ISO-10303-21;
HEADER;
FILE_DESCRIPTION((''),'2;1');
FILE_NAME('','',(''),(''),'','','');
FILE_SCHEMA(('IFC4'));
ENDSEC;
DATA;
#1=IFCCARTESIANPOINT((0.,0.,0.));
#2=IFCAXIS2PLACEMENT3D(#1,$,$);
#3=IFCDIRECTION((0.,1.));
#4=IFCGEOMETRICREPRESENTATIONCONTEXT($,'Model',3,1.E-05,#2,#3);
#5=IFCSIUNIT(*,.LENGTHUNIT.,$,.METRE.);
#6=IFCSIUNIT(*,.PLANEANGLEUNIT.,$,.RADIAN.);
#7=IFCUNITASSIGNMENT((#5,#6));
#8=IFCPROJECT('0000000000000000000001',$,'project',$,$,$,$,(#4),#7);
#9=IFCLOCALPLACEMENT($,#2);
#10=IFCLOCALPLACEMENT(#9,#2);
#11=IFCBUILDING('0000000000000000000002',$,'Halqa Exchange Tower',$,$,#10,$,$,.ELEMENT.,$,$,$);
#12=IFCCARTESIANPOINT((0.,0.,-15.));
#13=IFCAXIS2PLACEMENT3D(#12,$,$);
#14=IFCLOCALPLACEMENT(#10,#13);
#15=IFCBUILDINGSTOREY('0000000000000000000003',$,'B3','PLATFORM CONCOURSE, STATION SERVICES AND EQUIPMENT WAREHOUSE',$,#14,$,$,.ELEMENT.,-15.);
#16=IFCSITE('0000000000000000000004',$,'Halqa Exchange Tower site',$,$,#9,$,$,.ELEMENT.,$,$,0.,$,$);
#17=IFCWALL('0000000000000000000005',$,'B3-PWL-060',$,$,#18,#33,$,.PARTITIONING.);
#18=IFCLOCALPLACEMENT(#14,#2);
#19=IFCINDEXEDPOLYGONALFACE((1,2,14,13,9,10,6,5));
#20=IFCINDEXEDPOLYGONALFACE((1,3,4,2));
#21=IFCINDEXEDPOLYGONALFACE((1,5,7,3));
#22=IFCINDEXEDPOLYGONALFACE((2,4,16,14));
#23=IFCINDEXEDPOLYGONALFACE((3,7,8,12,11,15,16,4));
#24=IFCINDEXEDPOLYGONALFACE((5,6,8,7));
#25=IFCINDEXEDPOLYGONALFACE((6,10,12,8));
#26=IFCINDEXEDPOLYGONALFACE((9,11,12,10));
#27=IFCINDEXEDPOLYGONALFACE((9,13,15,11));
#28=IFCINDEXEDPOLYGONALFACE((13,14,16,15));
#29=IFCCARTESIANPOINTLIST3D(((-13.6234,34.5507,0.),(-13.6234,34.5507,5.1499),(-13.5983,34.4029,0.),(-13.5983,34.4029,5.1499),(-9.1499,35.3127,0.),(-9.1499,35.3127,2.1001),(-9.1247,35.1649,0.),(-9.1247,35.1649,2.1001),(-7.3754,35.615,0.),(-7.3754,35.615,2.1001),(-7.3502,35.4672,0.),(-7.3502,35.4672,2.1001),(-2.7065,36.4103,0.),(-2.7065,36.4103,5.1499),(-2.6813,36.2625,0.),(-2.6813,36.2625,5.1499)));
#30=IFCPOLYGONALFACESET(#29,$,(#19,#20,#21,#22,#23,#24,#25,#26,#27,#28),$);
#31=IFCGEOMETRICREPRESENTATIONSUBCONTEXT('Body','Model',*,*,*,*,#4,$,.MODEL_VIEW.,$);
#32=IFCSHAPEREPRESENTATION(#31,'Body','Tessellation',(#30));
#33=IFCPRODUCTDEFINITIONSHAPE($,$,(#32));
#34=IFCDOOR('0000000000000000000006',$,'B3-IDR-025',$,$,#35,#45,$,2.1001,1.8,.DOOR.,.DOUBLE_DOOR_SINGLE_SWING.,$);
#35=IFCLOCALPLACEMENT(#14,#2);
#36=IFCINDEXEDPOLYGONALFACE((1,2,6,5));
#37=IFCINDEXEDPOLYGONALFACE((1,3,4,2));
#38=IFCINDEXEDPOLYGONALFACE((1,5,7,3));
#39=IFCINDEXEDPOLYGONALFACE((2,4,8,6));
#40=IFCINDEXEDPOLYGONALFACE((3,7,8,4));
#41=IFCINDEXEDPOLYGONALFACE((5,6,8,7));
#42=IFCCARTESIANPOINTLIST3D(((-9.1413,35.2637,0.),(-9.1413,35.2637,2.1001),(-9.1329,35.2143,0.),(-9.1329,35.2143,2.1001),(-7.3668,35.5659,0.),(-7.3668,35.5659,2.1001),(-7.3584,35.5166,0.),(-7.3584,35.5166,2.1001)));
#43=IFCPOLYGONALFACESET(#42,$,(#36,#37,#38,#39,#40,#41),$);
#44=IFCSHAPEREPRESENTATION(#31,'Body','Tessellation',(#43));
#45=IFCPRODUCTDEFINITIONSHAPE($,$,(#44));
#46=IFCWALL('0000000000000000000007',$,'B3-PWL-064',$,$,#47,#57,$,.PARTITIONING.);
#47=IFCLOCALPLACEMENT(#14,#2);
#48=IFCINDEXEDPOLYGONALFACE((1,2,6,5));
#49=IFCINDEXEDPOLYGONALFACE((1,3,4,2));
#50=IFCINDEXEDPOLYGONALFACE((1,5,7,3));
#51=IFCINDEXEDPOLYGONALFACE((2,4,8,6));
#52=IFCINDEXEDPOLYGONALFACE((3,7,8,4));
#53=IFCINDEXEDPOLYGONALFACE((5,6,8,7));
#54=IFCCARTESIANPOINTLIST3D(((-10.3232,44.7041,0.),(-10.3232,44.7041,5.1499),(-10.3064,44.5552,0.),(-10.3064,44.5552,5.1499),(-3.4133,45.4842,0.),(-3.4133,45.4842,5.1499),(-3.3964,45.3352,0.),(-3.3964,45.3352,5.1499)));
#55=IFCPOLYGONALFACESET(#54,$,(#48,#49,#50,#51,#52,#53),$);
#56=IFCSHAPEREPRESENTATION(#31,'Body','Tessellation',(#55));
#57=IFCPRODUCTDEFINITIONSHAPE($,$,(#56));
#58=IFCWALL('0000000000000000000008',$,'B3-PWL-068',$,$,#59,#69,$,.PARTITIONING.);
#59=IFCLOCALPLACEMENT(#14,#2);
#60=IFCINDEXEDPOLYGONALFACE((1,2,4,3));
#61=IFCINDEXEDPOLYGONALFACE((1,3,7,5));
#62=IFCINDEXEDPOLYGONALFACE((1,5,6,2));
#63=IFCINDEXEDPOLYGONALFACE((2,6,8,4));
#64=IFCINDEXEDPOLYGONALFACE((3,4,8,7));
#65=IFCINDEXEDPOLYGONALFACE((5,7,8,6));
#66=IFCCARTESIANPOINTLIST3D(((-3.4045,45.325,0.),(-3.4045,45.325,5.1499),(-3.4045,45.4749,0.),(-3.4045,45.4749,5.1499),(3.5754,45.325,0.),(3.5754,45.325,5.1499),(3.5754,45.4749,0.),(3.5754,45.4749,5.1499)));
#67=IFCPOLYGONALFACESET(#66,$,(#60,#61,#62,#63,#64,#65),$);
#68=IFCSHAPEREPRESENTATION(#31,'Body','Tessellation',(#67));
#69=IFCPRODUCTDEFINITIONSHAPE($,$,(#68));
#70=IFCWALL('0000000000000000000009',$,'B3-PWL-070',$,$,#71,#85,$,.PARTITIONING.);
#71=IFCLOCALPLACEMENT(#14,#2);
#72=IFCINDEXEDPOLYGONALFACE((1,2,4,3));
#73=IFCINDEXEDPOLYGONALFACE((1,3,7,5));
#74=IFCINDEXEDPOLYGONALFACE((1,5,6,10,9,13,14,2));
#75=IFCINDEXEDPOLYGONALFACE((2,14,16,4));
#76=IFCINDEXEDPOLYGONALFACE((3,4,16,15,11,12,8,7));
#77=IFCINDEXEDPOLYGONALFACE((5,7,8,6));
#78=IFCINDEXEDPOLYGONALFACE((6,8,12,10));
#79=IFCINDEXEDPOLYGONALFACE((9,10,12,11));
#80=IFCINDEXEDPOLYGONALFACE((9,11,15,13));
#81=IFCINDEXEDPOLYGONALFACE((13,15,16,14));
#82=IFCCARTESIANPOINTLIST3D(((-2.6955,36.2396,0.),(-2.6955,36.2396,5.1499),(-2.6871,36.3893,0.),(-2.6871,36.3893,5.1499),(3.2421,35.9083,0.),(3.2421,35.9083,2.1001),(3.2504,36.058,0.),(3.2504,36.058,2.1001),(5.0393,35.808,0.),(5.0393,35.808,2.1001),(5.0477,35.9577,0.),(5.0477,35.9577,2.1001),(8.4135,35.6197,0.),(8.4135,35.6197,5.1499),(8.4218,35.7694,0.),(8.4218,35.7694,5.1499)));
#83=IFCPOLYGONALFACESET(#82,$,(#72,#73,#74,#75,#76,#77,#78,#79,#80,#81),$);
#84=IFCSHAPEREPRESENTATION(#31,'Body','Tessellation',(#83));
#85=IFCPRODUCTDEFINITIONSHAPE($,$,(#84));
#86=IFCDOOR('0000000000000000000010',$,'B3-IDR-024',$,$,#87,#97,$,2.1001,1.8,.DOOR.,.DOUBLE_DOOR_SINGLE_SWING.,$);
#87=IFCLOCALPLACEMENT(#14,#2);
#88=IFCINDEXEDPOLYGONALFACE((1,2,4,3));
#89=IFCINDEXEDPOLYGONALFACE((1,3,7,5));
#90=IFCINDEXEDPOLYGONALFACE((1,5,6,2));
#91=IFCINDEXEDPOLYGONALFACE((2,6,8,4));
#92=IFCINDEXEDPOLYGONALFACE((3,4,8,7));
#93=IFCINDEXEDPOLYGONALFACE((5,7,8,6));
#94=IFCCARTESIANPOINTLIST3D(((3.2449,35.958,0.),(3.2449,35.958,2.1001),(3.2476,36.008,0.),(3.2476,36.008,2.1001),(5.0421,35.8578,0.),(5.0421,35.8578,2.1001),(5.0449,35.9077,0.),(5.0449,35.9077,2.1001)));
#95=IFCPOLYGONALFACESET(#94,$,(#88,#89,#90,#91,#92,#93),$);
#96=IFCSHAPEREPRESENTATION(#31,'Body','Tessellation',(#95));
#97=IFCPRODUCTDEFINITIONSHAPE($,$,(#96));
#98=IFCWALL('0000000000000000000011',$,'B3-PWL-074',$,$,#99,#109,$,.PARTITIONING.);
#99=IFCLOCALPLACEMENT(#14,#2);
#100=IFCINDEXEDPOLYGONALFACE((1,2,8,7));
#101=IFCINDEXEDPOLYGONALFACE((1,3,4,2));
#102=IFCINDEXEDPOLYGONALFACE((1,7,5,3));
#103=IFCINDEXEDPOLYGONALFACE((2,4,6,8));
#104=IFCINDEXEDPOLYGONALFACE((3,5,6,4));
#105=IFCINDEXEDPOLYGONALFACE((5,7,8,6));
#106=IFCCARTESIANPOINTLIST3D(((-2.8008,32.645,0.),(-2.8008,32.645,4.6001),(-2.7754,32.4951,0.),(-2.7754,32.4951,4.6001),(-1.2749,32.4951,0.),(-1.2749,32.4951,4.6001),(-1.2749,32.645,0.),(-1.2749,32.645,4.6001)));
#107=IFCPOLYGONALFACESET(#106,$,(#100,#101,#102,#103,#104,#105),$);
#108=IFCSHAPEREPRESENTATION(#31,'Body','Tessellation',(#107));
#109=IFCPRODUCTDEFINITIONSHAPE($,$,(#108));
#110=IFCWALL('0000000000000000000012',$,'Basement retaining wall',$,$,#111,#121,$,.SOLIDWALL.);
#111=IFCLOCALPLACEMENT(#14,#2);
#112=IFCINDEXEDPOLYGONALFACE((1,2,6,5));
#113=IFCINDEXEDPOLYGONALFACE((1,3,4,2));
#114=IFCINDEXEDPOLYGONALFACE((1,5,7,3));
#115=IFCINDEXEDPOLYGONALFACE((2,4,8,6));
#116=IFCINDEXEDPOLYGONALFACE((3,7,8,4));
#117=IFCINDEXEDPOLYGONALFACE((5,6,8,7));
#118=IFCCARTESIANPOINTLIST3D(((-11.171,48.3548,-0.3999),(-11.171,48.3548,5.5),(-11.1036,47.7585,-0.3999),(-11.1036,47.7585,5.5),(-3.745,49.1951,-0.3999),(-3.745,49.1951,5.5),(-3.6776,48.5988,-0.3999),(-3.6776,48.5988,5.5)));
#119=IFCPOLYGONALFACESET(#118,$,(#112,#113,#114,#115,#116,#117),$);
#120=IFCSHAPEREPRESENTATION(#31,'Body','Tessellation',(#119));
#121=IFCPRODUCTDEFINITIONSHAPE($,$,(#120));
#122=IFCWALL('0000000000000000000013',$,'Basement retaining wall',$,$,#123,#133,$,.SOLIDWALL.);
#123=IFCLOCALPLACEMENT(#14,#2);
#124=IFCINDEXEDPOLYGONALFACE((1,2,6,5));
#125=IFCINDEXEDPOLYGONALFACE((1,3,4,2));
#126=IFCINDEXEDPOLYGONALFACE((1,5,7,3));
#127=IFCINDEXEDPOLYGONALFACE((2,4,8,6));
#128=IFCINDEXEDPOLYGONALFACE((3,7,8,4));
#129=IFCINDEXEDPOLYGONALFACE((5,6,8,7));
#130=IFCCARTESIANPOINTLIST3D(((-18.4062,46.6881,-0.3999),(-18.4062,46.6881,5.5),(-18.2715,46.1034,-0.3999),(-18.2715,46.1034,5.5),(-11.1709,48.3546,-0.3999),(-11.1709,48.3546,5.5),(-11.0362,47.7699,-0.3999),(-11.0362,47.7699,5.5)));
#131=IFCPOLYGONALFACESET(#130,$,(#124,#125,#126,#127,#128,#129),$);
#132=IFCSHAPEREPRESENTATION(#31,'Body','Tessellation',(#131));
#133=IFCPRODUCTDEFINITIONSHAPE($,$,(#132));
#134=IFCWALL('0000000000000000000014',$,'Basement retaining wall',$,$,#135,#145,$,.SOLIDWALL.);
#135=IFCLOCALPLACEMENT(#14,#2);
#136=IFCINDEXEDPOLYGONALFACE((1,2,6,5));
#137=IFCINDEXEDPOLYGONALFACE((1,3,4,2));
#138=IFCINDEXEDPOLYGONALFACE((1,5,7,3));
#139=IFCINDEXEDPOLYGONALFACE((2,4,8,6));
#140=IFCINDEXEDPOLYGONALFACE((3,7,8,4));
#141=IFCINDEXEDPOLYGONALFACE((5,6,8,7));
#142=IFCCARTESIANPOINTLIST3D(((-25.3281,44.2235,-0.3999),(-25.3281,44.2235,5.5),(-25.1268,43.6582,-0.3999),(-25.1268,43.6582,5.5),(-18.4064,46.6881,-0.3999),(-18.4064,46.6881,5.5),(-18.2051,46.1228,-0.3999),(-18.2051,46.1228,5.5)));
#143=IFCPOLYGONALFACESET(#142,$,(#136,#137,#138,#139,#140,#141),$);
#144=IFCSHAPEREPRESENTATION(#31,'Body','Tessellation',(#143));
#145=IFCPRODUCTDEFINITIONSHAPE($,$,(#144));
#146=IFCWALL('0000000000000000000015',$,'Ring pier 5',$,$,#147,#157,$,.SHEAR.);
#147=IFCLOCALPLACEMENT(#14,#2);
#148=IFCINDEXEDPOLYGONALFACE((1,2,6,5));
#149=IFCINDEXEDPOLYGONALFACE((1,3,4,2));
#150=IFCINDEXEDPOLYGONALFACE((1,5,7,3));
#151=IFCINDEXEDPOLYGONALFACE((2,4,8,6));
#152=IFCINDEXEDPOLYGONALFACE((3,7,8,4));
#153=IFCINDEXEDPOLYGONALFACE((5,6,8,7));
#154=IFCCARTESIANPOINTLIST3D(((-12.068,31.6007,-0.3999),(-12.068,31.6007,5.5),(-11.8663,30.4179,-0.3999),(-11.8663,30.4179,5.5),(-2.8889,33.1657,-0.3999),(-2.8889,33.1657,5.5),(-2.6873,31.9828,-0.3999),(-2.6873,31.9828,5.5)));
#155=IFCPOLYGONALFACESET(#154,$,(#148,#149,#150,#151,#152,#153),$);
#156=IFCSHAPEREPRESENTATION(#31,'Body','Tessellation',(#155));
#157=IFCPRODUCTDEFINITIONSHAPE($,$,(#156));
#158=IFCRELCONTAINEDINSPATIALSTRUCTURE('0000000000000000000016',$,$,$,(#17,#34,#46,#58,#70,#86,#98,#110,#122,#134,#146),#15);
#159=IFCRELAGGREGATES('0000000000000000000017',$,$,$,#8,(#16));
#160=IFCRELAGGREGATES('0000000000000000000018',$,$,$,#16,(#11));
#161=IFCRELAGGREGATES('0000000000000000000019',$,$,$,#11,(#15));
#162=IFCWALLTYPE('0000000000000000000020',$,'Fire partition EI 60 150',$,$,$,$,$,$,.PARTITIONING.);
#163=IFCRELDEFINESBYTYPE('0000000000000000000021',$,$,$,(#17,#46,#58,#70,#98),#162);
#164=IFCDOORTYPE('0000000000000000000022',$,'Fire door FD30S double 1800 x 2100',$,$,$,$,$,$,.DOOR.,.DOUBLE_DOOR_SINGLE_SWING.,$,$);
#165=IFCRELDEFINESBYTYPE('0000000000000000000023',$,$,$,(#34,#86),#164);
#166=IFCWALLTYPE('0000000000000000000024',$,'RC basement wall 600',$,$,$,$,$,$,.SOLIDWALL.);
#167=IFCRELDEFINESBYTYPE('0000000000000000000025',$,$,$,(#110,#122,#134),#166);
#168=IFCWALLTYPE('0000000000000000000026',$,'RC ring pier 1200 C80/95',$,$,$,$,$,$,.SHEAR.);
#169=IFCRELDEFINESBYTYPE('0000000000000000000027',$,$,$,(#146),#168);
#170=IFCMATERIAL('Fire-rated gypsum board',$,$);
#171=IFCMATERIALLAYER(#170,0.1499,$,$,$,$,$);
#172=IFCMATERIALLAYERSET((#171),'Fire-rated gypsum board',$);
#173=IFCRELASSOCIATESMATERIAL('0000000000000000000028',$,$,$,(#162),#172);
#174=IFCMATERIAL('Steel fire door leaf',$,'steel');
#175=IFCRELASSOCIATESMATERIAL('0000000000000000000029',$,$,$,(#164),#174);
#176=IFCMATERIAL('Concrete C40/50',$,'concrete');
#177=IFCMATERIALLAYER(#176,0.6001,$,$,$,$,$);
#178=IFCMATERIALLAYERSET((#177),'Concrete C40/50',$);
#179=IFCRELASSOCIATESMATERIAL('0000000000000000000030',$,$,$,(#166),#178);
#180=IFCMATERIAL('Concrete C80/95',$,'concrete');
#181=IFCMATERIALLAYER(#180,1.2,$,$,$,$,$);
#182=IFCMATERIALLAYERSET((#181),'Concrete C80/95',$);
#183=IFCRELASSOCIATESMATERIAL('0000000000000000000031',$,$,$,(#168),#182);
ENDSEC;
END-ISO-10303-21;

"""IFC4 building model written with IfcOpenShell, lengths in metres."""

from ifc_helpers import new_model, si_unit, direction, frame, frame_2d, origin, place, context, subcontext, project, spatial, polyline, rectangle, outline, extrude, material, layer, layer_set, type_object, element, fill, save


model = new_model("IFC4")

# Units and contexts
model_context = context("Model", 3, precision=1e-05, world=origin(), true_north=direction((0.0, 1.0)))
body_context = subcontext(model_context, "Body", "Model", "MODEL_VIEW")
ifc_project = project(units=[si_unit("LENGTHUNIT", "METRE"), si_unit("PLANEANGLEUNIT", "RADIAN")], contexts=[model_context])

# Site, building, storey
site_placement = place(None, origin())
site = spatial("IfcSite", under=ifc_project, at=site_placement, Name="Halqa Exchange Tower site", CompositionType="ELEMENT", RefElevation=0.0)
building_placement = place(site_placement, origin())
building = spatial("IfcBuilding", under=site, at=building_placement, Name="Halqa Exchange Tower", CompositionType="ELEMENT")
storey_placement = place(building_placement, frame((0.0, 0.0, -15.0)))
storey = spatial("IfcBuildingStorey", under=building, at=storey_placement, Name="B3", Description="PLATFORM CONCOURSE, STATION SERVICES AND EQUIPMENT WAREHOUSE", CompositionType="ELEMENT", Elevation=-15.0)

# Shared definitions
ifc_material_1 = material(Name="Concrete C40/50", Category="concrete")

# Shared definitions
ifc_material_2 = material(Name="Fire-rated gypsum board")
ifc_layer_1 = layer(ifc_material_2, 0.1499)
ifc_layer_set_1 = layer_set([ifc_layer_1], Name="Fire-rated gypsum board")
wall_type_1 = type_object("IfcWallType", Name="Fire partition EI 60 150", PredefinedType="PARTITIONING", material=ifc_layer_set_1)

# Wall, opening, door
wall_1_placement = place(storey_placement, frame((-13.6108, 34.4768, 0.0), z_axis=(0.0, 0.0, 1.0), x_axis=(0.9858, 0.167923, 0.0)))
wall_1 = element("IfcWall", 1, at=wall_1_placement, inside=storey, type_object=wall_type_1, Name="B3-PWL-060", PredefinedType="PARTITIONING", context=body_context, shape_type="SweptSolid", body=[
    extrude(rectangle(XDim=11.0742, YDim=0.1499, at=frame_2d((5.5371, 0.0))), origin(), (0.0, 0.0, 1.0), 5.1499),
])
opening_1_placement = place(wall_1_placement, frame((4.5381, 0.0, 0.0)))
opening_1 = element("IfcOpeningElement", 2, at=opening_1_placement, cuts=wall_1, PredefinedType="OPENING", context=body_context, shape_type="SweptSolid", body=[
    extrude(rectangle(XDim=1.8, YDim=2.1001, at=frame_2d((0.8999, 1.05))), frame((0.0, 0.0869, 0.0), z_axis=(0.0, -1.0, 0.0), x_axis=(1.0, 0.0, 0.0)), (0.0, 0.0, 1.0), 0.1738),
])
ifc_material_3 = material(Name="Steel fire door leaf", Category="steel")
door_type = type_object("IfcDoorType", Name="Fire door FD30S double 1800 x 2100", OperationType="DOUBLE_DOOR_SINGLE_SWING", PredefinedType="DOOR", material=ifc_material_3)
door_1_placement = place(opening_1_placement, frame((1.8, 0.0, 0.0), z_axis=(0.0, 0.0, 1.0), x_axis=(-1.0, 0.0, 0.0)))
door_1 = element("IfcDoor", 3, at=door_1_placement, inside=storey, type_object=door_type, Name="B3-IDR-025", OperationType="DOUBLE_DOOR_SINGLE_SWING", OverallHeight=2.1001, OverallWidth=1.8, PredefinedType="DOOR", context=body_context, shape_type="SweptSolid", body=[
    extrude(rectangle(XDim=1.8, YDim=2.1001, at=frame_2d((0.8999, 1.05))), frame((0.0, 0.0249, 0.0), z_axis=(0.0, -1.0, 0.0), x_axis=(1.0, 0.0, 0.0)), (0.0, 0.0, 1.0), 0.05),
])
fill(opening_1, door_1)

# Walls
wall_2_placement = place(storey_placement, frame((-10.3149, 44.6296, 0.0), z_axis=(0.0, 0.0, 1.0), x_axis=(0.993689, 0.112173, 0.0)))
element("IfcWall", 4, at=wall_2_placement, inside=storey, type_object=wall_type_1, Name="B3-PWL-064", PredefinedType="PARTITIONING", context=body_context, shape_type="SweptSolid", body=[
    extrude(rectangle(XDim=6.9539, YDim=0.1499, at=frame_2d((3.4771, 0.0))), origin(), (0.0, 0.0, 1.0), 5.1499),
])
wall_3_placement = place(storey_placement, frame((-3.4045, 45.3999, 0.0), z_axis=(0.0, 0.0, 1.0), x_axis=(1.0, 0.0, 0.0)))
element("IfcWall", 5, at=wall_3_placement, inside=storey, type_object=wall_type_1, Name="B3-PWL-068", PredefinedType="PARTITIONING", context=body_context, shape_type="SweptSolid", body=[
    extrude(rectangle(XDim=6.98, YDim=0.1499, at=frame_2d((3.49, 0.0))), origin(), (0.0, 0.0, 1.0), 5.1499),
])

# Wall, opening, door
wall_4_placement = place(storey_placement, frame((-2.6912, 36.3145, 0.0), z_axis=(0.0, 0.0, 1.0), x_axis=(0.998447, -0.055713, 0.0)))
wall_4 = element("IfcWall", 6, at=wall_4_placement, inside=storey, type_object=wall_type_1, Name="B3-PWL-070", PredefinedType="PARTITIONING", context=body_context, shape_type="SweptSolid", body=[
    extrude(rectangle(XDim=11.1262, YDim=0.1499, at=frame_2d((5.563, 0.0))), origin(), (0.0, 0.0, 1.0), 5.1499),
])
opening_2_placement = place(wall_4_placement, frame((5.9468, 0.0, 0.0)))
opening_2 = element("IfcOpeningElement", 7, at=opening_2_placement, cuts=wall_4, PredefinedType="OPENING", context=body_context, shape_type="SweptSolid", body=[
    extrude(rectangle(XDim=1.8, YDim=2.1001, at=frame_2d((0.8999, 1.05))), frame((0.0, 0.0869, 0.0), z_axis=(0.0, -1.0, 0.0), x_axis=(1.0, 0.0, 0.0)), (0.0, 0.0, 1.0), 0.1738),
])
door_2_placement = place(opening_2_placement, origin())
door_2 = element("IfcDoor", 8, at=door_2_placement, inside=storey, type_object=door_type, Name="B3-IDR-024", OperationType="DOUBLE_DOOR_SINGLE_SWING", OverallHeight=2.1001, OverallWidth=1.8, PredefinedType="DOOR", context=body_context, shape_type="SweptSolid", body=[
    extrude(rectangle(XDim=1.8, YDim=2.1001, at=frame_2d((0.8999, 1.05))), frame((0.0, 0.0249, 0.0), z_axis=(0.0, -1.0, 0.0), x_axis=(1.0, 0.0, 0.0)), (0.0, 0.0, 1.0), 0.05),
])
fill(opening_2, door_2)

# Walls
wall_5_placement = place(storey_placement, frame((-1.2749, 32.5701, 0.0), z_axis=(0.0, 0.0, 1.0), x_axis=(-1.0, 0.0, 0.0)))
element("IfcWall", 9, at=wall_5_placement, inside=storey, type_object=wall_type_1, Name="B3-PWL-074", PredefinedType="PARTITIONING", context=body_context, shape_type="SweptSolid", body=[
    extrude(outline(polyline([(0.0, -0.075), (1.5259, -0.075), (1.5005, 0.075), (0.0, 0.075), (0.0, -0.075)])), origin(), (0.0, 0.0, 1.0), 4.6001),
])
ifc_layer_2 = layer(ifc_material_1, 0.6001)
ifc_layer_set_2 = layer_set([ifc_layer_2], Name="Concrete C40/50")
wall_type_2 = type_object("IfcWallType", Name="RC basement wall 600", PredefinedType="SOLIDWALL", material=ifc_layer_set_2)
wall_6_placement = place(storey_placement, frame((-3.7112, 48.897, -0.3999), z_axis=(0.0, 0.0, 1.0), x_axis=(-0.993658, -0.112443, 0.0)))
element("IfcWall", 10, at=wall_6_placement, inside=storey, type_object=wall_type_2, Name="Basement retaining wall", PredefinedType="SOLIDWALL", context=body_context, shape_type="SweptSolid", body=[
    extrude(rectangle(XDim=7.4734, YDim=0.6001, at=frame_2d((3.7368, 0.0))), origin(), (0.0, 0.0, 1.0), 5.8999),
])
wall_7_placement = place(storey_placement, frame((-11.1035, 48.0623, -0.3999), z_axis=(0.0, 0.0, 1.0), x_axis=(-0.974485, -0.224451, 0.0)))
element("IfcWall", 11, at=wall_7_placement, inside=storey, type_object=wall_type_2, Name="Basement retaining wall", PredefinedType="SOLIDWALL", context=body_context, shape_type="SweptSolid", body=[
    extrude(rectangle(XDim=7.4248, YDim=0.6001, at=frame_2d((3.7124, 0.0))), origin(), (0.0, 0.0, 1.0), 5.8999),
])
wall_8_placement = place(storey_placement, frame((-18.3057, 46.4055, -0.3999), z_axis=(0.0, 0.0, 1.0), x_axis=(-0.942061, -0.335442, 0.0)))
element("IfcWall", 12, at=wall_8_placement, inside=storey, type_object=wall_type_2, Name="Basement retaining wall", PredefinedType="SOLIDWALL", context=body_context, shape_type="SweptSolid", body=[
    extrude(rectangle(XDim=7.3474, YDim=0.6001, at=frame_2d((3.6738, 0.0))), origin(), (0.0, 0.0, 1.0), 5.8999),
])
ifc_material_4 = material(Name="Concrete C80/95", Category="concrete")
ifc_layer_3 = layer(ifc_material_4, 1.2)
ifc_layer_set_3 = layer_set([ifc_layer_3], Name="Concrete C80/95")
wall_type_3 = type_object("IfcWallType", Name="RC ring pier 1200 C80/95", PredefinedType="SHEAR", material=ifc_layer_set_3)
wall_9_placement = place(storey_placement, frame((-2.7881, 32.5742, -0.3999), z_axis=(0.0, 0.0, 1.0), x_axis=(-0.985776, -0.168063, 0.0)))
element("IfcWall", 13, at=wall_9_placement, inside=storey, type_object=wall_type_3, Name="Ring pier 5", PredefinedType="SHEAR", context=body_context, shape_type="SweptSolid", body=[
    extrude(rectangle(XDim=9.3115, YDim=1.2, at=frame_2d((4.6558, 0.0))), origin(), (0.0, 0.0, 1.0), 5.8999),
])

save(model, "model.ifc")
